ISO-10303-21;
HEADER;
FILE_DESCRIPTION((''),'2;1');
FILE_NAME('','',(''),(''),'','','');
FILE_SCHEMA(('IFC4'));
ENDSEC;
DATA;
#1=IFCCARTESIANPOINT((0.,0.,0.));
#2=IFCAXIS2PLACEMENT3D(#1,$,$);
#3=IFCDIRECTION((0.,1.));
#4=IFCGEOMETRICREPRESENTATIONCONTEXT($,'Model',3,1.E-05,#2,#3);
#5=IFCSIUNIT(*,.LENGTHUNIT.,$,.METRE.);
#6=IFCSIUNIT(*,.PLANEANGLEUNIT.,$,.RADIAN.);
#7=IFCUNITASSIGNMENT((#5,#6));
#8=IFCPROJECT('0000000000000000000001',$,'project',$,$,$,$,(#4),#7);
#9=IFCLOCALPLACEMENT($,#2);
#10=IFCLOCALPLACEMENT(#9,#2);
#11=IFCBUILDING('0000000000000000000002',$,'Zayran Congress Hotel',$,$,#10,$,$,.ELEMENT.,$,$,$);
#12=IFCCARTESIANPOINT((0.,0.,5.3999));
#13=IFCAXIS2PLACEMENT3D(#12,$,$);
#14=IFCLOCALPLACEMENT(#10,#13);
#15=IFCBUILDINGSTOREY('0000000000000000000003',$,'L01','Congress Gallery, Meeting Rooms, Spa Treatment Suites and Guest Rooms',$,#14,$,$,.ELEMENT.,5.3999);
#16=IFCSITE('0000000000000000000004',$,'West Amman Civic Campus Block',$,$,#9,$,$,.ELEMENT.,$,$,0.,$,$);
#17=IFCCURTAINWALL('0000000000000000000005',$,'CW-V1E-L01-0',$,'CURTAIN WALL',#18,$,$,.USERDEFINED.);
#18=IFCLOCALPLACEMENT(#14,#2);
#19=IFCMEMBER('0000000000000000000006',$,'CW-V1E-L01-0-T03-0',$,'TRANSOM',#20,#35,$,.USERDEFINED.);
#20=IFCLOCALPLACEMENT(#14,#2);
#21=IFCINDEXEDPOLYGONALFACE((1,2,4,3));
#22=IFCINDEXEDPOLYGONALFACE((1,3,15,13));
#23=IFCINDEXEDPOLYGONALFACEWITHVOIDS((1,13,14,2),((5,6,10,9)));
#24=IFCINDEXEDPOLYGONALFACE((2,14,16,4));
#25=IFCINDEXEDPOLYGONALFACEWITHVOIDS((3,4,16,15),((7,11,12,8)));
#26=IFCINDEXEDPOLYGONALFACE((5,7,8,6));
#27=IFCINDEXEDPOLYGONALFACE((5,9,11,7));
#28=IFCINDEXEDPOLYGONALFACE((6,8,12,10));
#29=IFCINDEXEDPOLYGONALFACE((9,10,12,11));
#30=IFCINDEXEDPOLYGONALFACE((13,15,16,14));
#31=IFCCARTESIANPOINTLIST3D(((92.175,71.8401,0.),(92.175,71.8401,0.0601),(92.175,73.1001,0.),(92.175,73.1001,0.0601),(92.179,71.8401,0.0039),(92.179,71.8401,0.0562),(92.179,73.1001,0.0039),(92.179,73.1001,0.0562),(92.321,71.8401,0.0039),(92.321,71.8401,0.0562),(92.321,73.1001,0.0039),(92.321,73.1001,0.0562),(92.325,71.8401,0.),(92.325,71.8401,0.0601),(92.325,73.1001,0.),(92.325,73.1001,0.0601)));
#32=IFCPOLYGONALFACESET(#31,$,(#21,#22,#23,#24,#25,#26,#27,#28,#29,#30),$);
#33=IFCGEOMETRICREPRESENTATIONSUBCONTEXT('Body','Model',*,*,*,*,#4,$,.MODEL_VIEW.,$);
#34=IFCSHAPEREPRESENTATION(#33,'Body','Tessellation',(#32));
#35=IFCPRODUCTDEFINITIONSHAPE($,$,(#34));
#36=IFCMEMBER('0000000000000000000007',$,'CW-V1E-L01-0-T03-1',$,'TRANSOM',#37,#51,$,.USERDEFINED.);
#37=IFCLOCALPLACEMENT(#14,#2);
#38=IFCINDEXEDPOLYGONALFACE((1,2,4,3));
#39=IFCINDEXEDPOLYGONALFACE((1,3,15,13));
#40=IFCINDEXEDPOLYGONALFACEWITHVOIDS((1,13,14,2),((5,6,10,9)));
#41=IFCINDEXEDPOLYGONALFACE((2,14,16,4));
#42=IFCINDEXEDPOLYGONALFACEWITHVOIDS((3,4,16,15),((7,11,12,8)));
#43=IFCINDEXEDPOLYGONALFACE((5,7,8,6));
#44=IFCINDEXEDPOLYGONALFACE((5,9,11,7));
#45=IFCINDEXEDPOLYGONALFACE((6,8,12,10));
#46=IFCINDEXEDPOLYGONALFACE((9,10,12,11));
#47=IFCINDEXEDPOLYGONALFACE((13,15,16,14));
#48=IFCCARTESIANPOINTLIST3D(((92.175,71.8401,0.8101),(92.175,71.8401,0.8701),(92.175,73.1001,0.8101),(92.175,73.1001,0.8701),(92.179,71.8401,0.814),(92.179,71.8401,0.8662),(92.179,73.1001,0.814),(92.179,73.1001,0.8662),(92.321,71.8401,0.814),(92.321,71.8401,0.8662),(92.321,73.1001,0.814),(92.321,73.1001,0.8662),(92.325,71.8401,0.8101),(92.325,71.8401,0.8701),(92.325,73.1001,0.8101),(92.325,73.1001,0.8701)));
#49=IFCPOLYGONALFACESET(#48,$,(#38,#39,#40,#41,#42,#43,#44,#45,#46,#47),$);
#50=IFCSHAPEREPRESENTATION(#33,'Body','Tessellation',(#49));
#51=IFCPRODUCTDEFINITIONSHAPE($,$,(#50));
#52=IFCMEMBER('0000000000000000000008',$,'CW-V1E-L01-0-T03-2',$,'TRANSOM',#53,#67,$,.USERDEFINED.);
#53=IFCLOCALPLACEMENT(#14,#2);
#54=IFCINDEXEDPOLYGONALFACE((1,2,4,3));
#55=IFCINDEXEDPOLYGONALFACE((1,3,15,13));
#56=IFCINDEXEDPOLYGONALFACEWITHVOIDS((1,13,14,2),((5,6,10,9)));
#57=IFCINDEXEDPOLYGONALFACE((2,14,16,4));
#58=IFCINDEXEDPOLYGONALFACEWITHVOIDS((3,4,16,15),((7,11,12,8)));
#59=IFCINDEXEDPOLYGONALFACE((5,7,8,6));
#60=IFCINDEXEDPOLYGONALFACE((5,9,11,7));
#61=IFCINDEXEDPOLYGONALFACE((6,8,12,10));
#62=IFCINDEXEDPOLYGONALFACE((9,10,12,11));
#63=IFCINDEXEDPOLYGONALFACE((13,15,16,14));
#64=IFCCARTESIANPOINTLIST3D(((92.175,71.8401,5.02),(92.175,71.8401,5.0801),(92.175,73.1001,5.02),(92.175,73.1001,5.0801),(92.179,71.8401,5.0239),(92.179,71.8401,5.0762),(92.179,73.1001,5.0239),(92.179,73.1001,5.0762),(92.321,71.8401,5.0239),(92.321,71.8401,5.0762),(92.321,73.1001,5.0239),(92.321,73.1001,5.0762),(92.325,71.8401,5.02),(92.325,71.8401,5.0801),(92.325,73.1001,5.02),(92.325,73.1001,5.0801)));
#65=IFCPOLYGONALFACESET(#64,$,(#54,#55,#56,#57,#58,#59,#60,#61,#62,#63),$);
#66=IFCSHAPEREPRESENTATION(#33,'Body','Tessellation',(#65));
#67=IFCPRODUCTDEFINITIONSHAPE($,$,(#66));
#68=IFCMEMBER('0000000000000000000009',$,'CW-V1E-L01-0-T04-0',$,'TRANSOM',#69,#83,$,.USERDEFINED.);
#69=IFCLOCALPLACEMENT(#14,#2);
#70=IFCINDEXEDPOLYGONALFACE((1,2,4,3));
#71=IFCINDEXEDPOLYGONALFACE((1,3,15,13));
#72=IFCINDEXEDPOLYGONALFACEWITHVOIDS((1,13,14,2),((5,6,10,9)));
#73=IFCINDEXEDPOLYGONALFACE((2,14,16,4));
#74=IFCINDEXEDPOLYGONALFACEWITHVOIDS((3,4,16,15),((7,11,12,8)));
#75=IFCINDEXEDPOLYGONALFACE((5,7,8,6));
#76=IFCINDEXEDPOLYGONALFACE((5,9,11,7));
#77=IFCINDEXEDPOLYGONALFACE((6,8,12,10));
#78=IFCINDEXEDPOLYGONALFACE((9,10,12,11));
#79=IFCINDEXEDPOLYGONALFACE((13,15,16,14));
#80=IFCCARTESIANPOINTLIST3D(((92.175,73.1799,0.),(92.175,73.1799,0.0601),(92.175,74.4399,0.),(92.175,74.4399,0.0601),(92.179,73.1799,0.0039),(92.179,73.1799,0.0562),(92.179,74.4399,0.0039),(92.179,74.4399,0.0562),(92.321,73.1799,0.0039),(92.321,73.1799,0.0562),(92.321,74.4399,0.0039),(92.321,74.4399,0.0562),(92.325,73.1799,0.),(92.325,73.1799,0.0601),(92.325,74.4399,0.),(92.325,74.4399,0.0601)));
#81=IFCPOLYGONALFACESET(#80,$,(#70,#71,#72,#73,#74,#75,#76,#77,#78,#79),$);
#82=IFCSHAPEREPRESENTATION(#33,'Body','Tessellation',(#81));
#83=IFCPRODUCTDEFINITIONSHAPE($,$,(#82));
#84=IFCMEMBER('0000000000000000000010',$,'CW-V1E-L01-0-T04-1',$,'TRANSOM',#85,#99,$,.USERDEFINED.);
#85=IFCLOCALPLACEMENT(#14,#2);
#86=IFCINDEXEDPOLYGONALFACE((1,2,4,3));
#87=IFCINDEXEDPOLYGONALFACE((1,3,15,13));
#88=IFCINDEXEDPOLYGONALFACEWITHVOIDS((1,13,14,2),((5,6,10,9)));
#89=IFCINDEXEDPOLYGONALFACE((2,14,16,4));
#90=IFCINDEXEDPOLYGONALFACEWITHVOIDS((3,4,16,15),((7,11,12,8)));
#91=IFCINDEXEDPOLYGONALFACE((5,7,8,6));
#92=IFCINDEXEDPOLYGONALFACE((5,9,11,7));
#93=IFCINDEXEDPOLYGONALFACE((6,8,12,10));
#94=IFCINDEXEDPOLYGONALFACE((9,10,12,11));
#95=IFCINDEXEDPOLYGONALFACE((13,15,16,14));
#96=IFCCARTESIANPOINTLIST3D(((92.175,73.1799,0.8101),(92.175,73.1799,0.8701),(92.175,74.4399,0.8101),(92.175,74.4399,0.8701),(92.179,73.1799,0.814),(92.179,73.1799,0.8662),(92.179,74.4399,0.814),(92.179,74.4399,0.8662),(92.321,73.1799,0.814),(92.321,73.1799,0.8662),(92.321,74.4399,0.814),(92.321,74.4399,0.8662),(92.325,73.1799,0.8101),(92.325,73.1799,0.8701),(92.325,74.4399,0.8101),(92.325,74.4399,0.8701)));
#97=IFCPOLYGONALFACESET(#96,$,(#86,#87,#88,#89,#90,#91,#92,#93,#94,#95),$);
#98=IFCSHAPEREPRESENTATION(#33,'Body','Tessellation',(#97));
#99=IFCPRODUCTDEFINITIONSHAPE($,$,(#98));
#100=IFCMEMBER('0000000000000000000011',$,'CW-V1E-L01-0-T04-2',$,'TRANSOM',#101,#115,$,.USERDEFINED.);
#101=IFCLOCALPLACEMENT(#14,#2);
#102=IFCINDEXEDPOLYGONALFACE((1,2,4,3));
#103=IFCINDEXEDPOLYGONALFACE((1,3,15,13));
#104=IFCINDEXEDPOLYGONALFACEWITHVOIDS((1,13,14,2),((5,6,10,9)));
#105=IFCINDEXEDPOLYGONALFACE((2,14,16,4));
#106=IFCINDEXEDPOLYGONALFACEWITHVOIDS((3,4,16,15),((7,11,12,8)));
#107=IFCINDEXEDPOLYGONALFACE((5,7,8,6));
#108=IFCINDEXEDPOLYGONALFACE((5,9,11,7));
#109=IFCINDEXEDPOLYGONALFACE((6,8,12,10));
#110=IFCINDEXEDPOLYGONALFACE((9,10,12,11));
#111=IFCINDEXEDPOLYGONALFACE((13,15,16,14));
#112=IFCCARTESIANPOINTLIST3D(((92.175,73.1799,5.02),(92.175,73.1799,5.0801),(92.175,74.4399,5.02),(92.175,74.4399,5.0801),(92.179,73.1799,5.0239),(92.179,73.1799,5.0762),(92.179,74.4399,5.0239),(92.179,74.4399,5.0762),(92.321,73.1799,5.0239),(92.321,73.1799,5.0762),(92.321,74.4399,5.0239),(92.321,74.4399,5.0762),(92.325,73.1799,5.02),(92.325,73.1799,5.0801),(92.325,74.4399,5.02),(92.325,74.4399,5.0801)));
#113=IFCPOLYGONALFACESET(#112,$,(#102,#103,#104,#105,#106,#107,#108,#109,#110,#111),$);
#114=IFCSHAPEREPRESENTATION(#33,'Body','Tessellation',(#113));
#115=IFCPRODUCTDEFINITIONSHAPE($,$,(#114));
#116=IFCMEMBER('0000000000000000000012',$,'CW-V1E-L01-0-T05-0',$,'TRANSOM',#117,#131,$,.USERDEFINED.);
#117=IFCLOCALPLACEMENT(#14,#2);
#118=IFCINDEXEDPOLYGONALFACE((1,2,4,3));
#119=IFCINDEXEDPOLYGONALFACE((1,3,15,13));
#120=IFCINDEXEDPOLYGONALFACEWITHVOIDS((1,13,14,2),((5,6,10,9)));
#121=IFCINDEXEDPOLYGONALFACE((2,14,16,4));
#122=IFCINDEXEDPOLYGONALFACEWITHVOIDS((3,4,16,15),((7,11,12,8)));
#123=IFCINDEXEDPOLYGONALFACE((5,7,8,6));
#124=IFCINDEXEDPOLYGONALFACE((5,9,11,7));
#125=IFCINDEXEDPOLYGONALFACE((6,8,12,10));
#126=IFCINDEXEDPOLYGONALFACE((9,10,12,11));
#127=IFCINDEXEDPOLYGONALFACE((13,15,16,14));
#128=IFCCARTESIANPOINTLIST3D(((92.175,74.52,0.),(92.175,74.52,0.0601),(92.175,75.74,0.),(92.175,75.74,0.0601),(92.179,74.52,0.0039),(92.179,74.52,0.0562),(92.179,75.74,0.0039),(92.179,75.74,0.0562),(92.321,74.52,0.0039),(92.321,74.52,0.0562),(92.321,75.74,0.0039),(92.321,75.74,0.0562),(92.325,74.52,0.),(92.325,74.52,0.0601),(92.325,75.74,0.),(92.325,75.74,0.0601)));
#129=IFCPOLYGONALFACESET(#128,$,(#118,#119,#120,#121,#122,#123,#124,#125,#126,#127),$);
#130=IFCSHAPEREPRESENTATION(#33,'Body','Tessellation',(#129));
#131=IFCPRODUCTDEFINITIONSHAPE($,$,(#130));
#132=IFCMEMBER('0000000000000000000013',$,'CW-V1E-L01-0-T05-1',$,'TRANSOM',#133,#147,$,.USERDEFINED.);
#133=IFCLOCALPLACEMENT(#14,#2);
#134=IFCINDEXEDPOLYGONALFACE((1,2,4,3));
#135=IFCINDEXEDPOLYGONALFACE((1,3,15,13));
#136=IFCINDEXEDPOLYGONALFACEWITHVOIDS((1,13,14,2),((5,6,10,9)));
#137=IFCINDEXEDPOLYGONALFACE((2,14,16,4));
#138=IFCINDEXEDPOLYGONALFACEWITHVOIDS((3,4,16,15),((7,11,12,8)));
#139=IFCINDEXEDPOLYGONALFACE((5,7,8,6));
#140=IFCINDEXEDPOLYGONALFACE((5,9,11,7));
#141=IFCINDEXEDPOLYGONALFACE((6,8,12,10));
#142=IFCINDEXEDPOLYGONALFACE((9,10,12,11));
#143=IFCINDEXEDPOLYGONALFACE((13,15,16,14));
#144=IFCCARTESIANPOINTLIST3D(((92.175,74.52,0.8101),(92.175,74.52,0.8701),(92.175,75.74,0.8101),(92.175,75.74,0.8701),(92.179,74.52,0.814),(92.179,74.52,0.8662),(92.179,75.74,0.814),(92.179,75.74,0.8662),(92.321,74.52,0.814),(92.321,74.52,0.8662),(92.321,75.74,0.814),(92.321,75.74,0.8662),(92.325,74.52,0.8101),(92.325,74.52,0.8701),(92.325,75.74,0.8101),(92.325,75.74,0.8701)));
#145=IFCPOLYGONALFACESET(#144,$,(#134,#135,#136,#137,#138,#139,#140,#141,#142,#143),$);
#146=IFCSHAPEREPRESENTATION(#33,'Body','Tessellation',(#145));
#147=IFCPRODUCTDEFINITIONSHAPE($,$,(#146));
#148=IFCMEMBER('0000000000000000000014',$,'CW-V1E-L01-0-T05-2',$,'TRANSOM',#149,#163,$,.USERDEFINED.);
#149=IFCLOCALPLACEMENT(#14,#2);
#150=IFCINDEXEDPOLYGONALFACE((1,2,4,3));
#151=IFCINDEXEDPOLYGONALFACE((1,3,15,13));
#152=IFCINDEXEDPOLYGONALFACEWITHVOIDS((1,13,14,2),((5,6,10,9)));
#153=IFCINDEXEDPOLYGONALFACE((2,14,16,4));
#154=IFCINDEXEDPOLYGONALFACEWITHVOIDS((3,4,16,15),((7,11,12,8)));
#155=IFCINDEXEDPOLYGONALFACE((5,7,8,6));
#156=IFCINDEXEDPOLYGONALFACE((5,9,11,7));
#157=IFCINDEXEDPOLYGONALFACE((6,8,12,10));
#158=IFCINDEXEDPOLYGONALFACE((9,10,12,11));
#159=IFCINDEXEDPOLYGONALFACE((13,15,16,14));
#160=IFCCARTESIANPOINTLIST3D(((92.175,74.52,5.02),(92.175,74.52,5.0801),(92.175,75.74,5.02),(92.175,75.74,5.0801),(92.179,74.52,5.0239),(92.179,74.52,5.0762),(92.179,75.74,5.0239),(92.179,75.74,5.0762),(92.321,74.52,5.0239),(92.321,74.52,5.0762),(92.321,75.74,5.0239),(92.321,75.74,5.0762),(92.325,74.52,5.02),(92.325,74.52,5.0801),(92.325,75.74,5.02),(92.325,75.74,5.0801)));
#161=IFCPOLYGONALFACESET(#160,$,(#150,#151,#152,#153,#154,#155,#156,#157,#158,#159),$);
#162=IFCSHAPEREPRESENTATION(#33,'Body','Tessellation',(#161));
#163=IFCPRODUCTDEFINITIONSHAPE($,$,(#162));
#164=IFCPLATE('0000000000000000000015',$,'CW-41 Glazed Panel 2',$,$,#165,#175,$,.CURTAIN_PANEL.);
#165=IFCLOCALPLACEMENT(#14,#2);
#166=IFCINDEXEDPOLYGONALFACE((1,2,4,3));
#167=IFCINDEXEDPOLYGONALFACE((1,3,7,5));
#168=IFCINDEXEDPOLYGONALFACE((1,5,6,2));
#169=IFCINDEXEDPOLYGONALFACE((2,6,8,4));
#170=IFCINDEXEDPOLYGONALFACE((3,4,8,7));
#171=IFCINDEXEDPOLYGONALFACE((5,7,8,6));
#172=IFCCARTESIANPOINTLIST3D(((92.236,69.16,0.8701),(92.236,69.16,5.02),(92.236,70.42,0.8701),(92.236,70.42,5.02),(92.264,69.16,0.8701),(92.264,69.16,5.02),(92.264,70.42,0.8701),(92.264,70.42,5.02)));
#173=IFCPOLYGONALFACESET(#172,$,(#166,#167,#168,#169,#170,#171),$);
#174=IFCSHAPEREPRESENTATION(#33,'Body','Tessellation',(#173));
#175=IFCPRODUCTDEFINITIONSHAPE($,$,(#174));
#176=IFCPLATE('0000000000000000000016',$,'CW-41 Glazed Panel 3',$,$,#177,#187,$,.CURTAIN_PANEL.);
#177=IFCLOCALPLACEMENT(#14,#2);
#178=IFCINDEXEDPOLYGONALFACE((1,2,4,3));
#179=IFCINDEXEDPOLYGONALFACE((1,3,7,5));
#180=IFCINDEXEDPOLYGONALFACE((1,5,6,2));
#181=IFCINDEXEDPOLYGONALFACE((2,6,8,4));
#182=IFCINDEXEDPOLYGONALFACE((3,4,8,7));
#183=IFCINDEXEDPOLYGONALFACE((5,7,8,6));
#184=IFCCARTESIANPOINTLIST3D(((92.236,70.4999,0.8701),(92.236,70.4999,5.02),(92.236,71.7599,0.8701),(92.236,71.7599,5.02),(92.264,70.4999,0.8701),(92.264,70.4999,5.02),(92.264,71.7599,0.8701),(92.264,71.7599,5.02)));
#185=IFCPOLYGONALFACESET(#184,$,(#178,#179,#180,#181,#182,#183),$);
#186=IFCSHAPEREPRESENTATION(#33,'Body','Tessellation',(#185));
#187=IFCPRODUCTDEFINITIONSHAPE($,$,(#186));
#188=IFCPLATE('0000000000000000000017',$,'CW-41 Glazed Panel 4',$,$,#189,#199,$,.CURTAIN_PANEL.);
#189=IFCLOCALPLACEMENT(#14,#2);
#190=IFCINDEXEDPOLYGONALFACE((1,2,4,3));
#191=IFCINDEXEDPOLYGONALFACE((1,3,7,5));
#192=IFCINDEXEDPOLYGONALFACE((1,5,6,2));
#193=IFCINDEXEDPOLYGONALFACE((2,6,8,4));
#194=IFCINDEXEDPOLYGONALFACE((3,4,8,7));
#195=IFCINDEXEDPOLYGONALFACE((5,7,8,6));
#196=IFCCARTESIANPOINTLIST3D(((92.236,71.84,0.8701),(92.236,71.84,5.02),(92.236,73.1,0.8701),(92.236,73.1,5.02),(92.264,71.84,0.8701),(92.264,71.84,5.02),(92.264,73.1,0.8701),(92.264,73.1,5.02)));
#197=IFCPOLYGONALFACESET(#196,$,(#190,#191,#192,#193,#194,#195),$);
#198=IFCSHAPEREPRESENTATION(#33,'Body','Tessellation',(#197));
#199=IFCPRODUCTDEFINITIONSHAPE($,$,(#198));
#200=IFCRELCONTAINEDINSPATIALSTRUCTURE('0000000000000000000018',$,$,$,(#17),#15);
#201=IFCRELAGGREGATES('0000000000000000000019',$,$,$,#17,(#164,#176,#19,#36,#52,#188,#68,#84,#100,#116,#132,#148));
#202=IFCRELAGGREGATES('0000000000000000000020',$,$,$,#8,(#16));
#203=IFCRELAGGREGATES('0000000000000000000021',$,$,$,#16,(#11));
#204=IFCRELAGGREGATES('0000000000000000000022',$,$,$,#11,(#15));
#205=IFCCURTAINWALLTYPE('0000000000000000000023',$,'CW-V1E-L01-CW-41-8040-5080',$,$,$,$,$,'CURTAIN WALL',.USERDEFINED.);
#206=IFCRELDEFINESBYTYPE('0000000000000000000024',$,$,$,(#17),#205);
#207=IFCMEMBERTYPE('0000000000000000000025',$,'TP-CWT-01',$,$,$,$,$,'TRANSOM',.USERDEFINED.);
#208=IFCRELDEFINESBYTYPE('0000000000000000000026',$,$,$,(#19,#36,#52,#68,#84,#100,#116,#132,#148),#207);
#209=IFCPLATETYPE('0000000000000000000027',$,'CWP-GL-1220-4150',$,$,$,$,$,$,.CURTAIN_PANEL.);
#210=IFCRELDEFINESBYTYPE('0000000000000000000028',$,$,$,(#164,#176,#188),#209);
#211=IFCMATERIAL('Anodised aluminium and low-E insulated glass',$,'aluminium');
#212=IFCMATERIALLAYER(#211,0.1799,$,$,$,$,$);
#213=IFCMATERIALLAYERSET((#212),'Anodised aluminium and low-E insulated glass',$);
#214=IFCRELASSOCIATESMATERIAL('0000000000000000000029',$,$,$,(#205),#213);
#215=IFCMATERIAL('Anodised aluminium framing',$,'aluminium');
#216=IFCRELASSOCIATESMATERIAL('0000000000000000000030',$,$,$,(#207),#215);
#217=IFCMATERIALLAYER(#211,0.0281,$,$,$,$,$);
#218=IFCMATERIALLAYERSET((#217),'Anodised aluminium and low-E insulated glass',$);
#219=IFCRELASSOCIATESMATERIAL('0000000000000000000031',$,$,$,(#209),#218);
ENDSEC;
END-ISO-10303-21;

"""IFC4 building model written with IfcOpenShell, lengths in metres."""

from ifc_helpers import new_model, si_unit, direction, frame, origin, origin_2d, place, context, subcontext, project, spatial, rectangle, hollow_rectangle, extrude, material, layer, layer_set, material_profile, profile_set, type_object, element, aggregate, save


model = new_model("IFC4")

# Units and contexts
model_context = context("Model", 3, precision=1e-05, world=origin(), true_north=direction((0.0, 1.0)))
body_context = subcontext(model_context, "Body", "Model", "MODEL_VIEW")
ifc_project = project(units=[si_unit("LENGTHUNIT", "METRE"), si_unit("PLANEANGLEUNIT", "RADIAN")], contexts=[model_context])

# Site, building, storey
site_placement = place(None, origin())
site = spatial("IfcSite", under=ifc_project, at=site_placement, Name="West Amman Civic Campus Block", CompositionType="ELEMENT", RefElevation=0.0)
building_placement = place(site_placement, origin())
building = spatial("IfcBuilding", under=site, at=building_placement, Name="Zayran Congress Hotel", CompositionType="ELEMENT")
storey_placement = place(building_placement, frame((0.0, 0.0, 5.3999)))
storey = spatial("IfcBuildingStorey", under=building, at=storey_placement, Name="L01", Description="Congress Gallery, Meeting Rooms, Spa Treatment Suites and Guest Rooms", CompositionType="ELEMENT", Elevation=5.3999)

# Curtain wall, members, plates
ifc_material_1 = material(Name="Anodised aluminium and low-E insulated glass", Category="aluminium")
ifc_layer_1 = layer(ifc_material_1, 0.1799)
ifc_layer_set_1 = layer_set([ifc_layer_1], Name="Anodised aluminium and low-E insulated glass")
curtain_wall_type = type_object("IfcCurtainWallType", Name="CW-V1E-L01-CW-41-8040-5080", ElementType="CURTAIN WALL", PredefinedType="USERDEFINED", material=ifc_layer_set_1)
curtain_wall_placement = place(storey_placement, origin())
curtain_wall = element("IfcCurtainWall", 1, at=curtain_wall_placement, inside=storey, type_object=curtain_wall_type, Name="CW-V1E-L01-0", ObjectType="CURTAIN WALL", PredefinedType="USERDEFINED")
ifc_material_2 = material(Name="Anodised aluminium framing", Category="aluminium")
ifc_material_profile_1 = material_profile(ifc_material_2, hollow_rectangle(XDim=0.0601, YDim=0.1499, WallThickness=0.0039, at=origin_2d()), Name="RHS 150x60x4")
ifc_profile_set_1 = profile_set([ifc_material_profile_1], Name="Anodised aluminium framing")
member_type_1 = type_object("IfcMemberType", Name="TP-CWT-01", ElementType="TRANSOM", PredefinedType="USERDEFINED", material=ifc_profile_set_1)
member_1_placement = place(storey_placement, frame((92.25, 71.8401, 0.03), z_axis=(0.0, 1.0, 0.0), x_axis=(0.0, 0.0, 1.0)))
member_1 = element("IfcMember", 2, at=member_1_placement, type_object=member_type_1, Name="CW-V1E-L01-0-T03-0", ObjectType="TRANSOM", PredefinedType="USERDEFINED", context=body_context, shape_type="SweptSolid", body=[
    extrude(hollow_rectangle(XDim=0.0601, YDim=0.1499, WallThickness=0.0039, at=origin_2d()), origin(), (0.0, 0.0, 1.0), 1.26),
])
member_2_placement = place(storey_placement, frame((92.25, 71.8401, 0.8401), z_axis=(0.0, 1.0, 0.0), x_axis=(0.0, 0.0, 1.0)))
member_2 = element("IfcMember", 3, at=member_2_placement, type_object=member_type_1, Name="CW-V1E-L01-0-T03-1", ObjectType="TRANSOM", PredefinedType="USERDEFINED", context=body_context, shape_type="SweptSolid", body=[
    extrude(hollow_rectangle(XDim=0.0601, YDim=0.1499, WallThickness=0.0039, at=origin_2d()), origin(), (0.0, 0.0, 1.0), 1.26),
])
member_3_placement = place(storey_placement, frame((92.25, 71.8401, 5.05), z_axis=(0.0, 1.0, 0.0), x_axis=(0.0, 0.0, 1.0)))
member_3 = element("IfcMember", 4, at=member_3_placement, type_object=member_type_1, Name="CW-V1E-L01-0-T03-2", ObjectType="TRANSOM", PredefinedType="USERDEFINED", context=body_context, shape_type="SweptSolid", body=[
    extrude(hollow_rectangle(XDim=0.0601, YDim=0.1499, WallThickness=0.0039, at=origin_2d()), origin(), (0.0, 0.0, 1.0), 1.26),
])
member_4_placement = place(storey_placement, frame((92.25, 73.1799, 0.03), z_axis=(0.0, 1.0, 0.0), x_axis=(0.0, 0.0, 1.0)))
member_4 = element("IfcMember", 5, at=member_4_placement, type_object=member_type_1, Name="CW-V1E-L01-0-T04-0", ObjectType="TRANSOM", PredefinedType="USERDEFINED", context=body_context, shape_type="SweptSolid", body=[
    extrude(hollow_rectangle(XDim=0.0601, YDim=0.1499, WallThickness=0.0039, at=origin_2d()), origin(), (0.0, 0.0, 1.0), 1.26),
])
member_5_placement = place(storey_placement, frame((92.25, 73.1799, 0.8401), z_axis=(0.0, 1.0, 0.0), x_axis=(0.0, 0.0, 1.0)))
member_5 = element("IfcMember", 6, at=member_5_placement, type_object=member_type_1, Name="CW-V1E-L01-0-T04-1", ObjectType="TRANSOM", PredefinedType="USERDEFINED", context=body_context, shape_type="SweptSolid", body=[
    extrude(hollow_rectangle(XDim=0.0601, YDim=0.1499, WallThickness=0.0039, at=origin_2d()), origin(), (0.0, 0.0, 1.0), 1.26),
])
member_6_placement = place(storey_placement, frame((92.25, 73.1799, 5.05), z_axis=(0.0, 1.0, 0.0), x_axis=(0.0, 0.0, 1.0)))
member_6 = element("IfcMember", 7, at=member_6_placement, type_object=member_type_1, Name="CW-V1E-L01-0-T04-2", ObjectType="TRANSOM", PredefinedType="USERDEFINED", context=body_context, shape_type="SweptSolid", body=[
    extrude(hollow_rectangle(XDim=0.0601, YDim=0.1499, WallThickness=0.0039, at=origin_2d()), origin(), (0.0, 0.0, 1.0), 1.26),
])
member_7_placement = place(storey_placement, frame((92.25, 74.52, 0.03), z_axis=(0.0, 1.0, 0.0), x_axis=(0.0, 0.0, 1.0)))
member_7 = element("IfcMember", 8, at=member_7_placement, type_object=member_type_1, Name="CW-V1E-L01-0-T05-0", ObjectType="TRANSOM", PredefinedType="USERDEFINED", context=body_context, shape_type="SweptSolid", body=[
    extrude(hollow_rectangle(XDim=0.0601, YDim=0.1499, WallThickness=0.0039, at=origin_2d()), origin(), (0.0, 0.0, 1.0), 1.22),
])
member_8_placement = place(storey_placement, frame((92.25, 74.52, 0.8401), z_axis=(0.0, 1.0, 0.0), x_axis=(0.0, 0.0, 1.0)))
member_8 = element("IfcMember", 9, at=member_8_placement, type_object=member_type_1, Name="CW-V1E-L01-0-T05-1", ObjectType="TRANSOM", PredefinedType="USERDEFINED", context=body_context, shape_type="SweptSolid", body=[
    extrude(hollow_rectangle(XDim=0.0601, YDim=0.1499, WallThickness=0.0039, at=origin_2d()), origin(), (0.0, 0.0, 1.0), 1.22),
])
member_9_placement = place(storey_placement, frame((92.25, 74.52, 5.05), z_axis=(0.0, 1.0, 0.0), x_axis=(0.0, 0.0, 1.0)))
member_9 = element("IfcMember", 10, at=member_9_placement, type_object=member_type_1, Name="CW-V1E-L01-0-T05-2", ObjectType="TRANSOM", PredefinedType="USERDEFINED", context=body_context, shape_type="SweptSolid", body=[
    extrude(hollow_rectangle(XDim=0.0601, YDim=0.1499, WallThickness=0.0039, at=origin_2d()), origin(), (0.0, 0.0, 1.0), 1.22),
])
ifc_layer_2 = layer(ifc_material_1, 0.0281)
ifc_layer_set_2 = layer_set([ifc_layer_2], Name="Anodised aluminium and low-E insulated glass")
plate_type_1 = type_object("IfcPlateType", Name="CWP-GL-1220-4150", PredefinedType="CURTAIN_PANEL", material=ifc_layer_set_2)
plate_1_placement = place(storey_placement, frame((92.25, 69.79, 0.8701), z_axis=(0.0, 0.0, 1.0), x_axis=(0.0, 1.0, 0.0)))
plate_1 = element("IfcPlate", 11, at=plate_1_placement, type_object=plate_type_1, Name="CW-41 Glazed Panel 2", PredefinedType="CURTAIN_PANEL", context=body_context, shape_type="SweptSolid", body=[
    extrude(rectangle(XDim=1.26, YDim=0.0281, at=origin_2d()), origin(), (0.0, 0.0, 1.0), 4.1499),
])
plate_2_placement = place(storey_placement, frame((92.25, 71.1299, 0.8701), z_axis=(0.0, 0.0, 1.0), x_axis=(0.0, 1.0, 0.0)))
plate_2 = element("IfcPlate", 12, at=plate_2_placement, type_object=plate_type_1, Name="CW-41 Glazed Panel 3", PredefinedType="CURTAIN_PANEL", context=body_context, shape_type="SweptSolid", body=[
    extrude(rectangle(XDim=1.26, YDim=0.0281, at=origin_2d()), origin(), (0.0, 0.0, 1.0), 4.1499),
])
plate_3_placement = place(storey_placement, frame((92.25, 72.47, 0.8701), z_axis=(0.0, 0.0, 1.0), x_axis=(0.0, 1.0, 0.0)))
plate_3 = element("IfcPlate", 13, at=plate_3_placement, type_object=plate_type_1, Name="CW-41 Glazed Panel 4", PredefinedType="CURTAIN_PANEL", context=body_context, shape_type="SweptSolid", body=[
    extrude(rectangle(XDim=1.26, YDim=0.0281, at=origin_2d()), origin(), (0.0, 0.0, 1.0), 4.1499),
])
aggregate(curtain_wall, [plate_1, plate_2, member_1, member_2, member_3, plate_3, member_4, member_5, member_6, member_7, member_8, member_9])

save(model, "model.ifc")
